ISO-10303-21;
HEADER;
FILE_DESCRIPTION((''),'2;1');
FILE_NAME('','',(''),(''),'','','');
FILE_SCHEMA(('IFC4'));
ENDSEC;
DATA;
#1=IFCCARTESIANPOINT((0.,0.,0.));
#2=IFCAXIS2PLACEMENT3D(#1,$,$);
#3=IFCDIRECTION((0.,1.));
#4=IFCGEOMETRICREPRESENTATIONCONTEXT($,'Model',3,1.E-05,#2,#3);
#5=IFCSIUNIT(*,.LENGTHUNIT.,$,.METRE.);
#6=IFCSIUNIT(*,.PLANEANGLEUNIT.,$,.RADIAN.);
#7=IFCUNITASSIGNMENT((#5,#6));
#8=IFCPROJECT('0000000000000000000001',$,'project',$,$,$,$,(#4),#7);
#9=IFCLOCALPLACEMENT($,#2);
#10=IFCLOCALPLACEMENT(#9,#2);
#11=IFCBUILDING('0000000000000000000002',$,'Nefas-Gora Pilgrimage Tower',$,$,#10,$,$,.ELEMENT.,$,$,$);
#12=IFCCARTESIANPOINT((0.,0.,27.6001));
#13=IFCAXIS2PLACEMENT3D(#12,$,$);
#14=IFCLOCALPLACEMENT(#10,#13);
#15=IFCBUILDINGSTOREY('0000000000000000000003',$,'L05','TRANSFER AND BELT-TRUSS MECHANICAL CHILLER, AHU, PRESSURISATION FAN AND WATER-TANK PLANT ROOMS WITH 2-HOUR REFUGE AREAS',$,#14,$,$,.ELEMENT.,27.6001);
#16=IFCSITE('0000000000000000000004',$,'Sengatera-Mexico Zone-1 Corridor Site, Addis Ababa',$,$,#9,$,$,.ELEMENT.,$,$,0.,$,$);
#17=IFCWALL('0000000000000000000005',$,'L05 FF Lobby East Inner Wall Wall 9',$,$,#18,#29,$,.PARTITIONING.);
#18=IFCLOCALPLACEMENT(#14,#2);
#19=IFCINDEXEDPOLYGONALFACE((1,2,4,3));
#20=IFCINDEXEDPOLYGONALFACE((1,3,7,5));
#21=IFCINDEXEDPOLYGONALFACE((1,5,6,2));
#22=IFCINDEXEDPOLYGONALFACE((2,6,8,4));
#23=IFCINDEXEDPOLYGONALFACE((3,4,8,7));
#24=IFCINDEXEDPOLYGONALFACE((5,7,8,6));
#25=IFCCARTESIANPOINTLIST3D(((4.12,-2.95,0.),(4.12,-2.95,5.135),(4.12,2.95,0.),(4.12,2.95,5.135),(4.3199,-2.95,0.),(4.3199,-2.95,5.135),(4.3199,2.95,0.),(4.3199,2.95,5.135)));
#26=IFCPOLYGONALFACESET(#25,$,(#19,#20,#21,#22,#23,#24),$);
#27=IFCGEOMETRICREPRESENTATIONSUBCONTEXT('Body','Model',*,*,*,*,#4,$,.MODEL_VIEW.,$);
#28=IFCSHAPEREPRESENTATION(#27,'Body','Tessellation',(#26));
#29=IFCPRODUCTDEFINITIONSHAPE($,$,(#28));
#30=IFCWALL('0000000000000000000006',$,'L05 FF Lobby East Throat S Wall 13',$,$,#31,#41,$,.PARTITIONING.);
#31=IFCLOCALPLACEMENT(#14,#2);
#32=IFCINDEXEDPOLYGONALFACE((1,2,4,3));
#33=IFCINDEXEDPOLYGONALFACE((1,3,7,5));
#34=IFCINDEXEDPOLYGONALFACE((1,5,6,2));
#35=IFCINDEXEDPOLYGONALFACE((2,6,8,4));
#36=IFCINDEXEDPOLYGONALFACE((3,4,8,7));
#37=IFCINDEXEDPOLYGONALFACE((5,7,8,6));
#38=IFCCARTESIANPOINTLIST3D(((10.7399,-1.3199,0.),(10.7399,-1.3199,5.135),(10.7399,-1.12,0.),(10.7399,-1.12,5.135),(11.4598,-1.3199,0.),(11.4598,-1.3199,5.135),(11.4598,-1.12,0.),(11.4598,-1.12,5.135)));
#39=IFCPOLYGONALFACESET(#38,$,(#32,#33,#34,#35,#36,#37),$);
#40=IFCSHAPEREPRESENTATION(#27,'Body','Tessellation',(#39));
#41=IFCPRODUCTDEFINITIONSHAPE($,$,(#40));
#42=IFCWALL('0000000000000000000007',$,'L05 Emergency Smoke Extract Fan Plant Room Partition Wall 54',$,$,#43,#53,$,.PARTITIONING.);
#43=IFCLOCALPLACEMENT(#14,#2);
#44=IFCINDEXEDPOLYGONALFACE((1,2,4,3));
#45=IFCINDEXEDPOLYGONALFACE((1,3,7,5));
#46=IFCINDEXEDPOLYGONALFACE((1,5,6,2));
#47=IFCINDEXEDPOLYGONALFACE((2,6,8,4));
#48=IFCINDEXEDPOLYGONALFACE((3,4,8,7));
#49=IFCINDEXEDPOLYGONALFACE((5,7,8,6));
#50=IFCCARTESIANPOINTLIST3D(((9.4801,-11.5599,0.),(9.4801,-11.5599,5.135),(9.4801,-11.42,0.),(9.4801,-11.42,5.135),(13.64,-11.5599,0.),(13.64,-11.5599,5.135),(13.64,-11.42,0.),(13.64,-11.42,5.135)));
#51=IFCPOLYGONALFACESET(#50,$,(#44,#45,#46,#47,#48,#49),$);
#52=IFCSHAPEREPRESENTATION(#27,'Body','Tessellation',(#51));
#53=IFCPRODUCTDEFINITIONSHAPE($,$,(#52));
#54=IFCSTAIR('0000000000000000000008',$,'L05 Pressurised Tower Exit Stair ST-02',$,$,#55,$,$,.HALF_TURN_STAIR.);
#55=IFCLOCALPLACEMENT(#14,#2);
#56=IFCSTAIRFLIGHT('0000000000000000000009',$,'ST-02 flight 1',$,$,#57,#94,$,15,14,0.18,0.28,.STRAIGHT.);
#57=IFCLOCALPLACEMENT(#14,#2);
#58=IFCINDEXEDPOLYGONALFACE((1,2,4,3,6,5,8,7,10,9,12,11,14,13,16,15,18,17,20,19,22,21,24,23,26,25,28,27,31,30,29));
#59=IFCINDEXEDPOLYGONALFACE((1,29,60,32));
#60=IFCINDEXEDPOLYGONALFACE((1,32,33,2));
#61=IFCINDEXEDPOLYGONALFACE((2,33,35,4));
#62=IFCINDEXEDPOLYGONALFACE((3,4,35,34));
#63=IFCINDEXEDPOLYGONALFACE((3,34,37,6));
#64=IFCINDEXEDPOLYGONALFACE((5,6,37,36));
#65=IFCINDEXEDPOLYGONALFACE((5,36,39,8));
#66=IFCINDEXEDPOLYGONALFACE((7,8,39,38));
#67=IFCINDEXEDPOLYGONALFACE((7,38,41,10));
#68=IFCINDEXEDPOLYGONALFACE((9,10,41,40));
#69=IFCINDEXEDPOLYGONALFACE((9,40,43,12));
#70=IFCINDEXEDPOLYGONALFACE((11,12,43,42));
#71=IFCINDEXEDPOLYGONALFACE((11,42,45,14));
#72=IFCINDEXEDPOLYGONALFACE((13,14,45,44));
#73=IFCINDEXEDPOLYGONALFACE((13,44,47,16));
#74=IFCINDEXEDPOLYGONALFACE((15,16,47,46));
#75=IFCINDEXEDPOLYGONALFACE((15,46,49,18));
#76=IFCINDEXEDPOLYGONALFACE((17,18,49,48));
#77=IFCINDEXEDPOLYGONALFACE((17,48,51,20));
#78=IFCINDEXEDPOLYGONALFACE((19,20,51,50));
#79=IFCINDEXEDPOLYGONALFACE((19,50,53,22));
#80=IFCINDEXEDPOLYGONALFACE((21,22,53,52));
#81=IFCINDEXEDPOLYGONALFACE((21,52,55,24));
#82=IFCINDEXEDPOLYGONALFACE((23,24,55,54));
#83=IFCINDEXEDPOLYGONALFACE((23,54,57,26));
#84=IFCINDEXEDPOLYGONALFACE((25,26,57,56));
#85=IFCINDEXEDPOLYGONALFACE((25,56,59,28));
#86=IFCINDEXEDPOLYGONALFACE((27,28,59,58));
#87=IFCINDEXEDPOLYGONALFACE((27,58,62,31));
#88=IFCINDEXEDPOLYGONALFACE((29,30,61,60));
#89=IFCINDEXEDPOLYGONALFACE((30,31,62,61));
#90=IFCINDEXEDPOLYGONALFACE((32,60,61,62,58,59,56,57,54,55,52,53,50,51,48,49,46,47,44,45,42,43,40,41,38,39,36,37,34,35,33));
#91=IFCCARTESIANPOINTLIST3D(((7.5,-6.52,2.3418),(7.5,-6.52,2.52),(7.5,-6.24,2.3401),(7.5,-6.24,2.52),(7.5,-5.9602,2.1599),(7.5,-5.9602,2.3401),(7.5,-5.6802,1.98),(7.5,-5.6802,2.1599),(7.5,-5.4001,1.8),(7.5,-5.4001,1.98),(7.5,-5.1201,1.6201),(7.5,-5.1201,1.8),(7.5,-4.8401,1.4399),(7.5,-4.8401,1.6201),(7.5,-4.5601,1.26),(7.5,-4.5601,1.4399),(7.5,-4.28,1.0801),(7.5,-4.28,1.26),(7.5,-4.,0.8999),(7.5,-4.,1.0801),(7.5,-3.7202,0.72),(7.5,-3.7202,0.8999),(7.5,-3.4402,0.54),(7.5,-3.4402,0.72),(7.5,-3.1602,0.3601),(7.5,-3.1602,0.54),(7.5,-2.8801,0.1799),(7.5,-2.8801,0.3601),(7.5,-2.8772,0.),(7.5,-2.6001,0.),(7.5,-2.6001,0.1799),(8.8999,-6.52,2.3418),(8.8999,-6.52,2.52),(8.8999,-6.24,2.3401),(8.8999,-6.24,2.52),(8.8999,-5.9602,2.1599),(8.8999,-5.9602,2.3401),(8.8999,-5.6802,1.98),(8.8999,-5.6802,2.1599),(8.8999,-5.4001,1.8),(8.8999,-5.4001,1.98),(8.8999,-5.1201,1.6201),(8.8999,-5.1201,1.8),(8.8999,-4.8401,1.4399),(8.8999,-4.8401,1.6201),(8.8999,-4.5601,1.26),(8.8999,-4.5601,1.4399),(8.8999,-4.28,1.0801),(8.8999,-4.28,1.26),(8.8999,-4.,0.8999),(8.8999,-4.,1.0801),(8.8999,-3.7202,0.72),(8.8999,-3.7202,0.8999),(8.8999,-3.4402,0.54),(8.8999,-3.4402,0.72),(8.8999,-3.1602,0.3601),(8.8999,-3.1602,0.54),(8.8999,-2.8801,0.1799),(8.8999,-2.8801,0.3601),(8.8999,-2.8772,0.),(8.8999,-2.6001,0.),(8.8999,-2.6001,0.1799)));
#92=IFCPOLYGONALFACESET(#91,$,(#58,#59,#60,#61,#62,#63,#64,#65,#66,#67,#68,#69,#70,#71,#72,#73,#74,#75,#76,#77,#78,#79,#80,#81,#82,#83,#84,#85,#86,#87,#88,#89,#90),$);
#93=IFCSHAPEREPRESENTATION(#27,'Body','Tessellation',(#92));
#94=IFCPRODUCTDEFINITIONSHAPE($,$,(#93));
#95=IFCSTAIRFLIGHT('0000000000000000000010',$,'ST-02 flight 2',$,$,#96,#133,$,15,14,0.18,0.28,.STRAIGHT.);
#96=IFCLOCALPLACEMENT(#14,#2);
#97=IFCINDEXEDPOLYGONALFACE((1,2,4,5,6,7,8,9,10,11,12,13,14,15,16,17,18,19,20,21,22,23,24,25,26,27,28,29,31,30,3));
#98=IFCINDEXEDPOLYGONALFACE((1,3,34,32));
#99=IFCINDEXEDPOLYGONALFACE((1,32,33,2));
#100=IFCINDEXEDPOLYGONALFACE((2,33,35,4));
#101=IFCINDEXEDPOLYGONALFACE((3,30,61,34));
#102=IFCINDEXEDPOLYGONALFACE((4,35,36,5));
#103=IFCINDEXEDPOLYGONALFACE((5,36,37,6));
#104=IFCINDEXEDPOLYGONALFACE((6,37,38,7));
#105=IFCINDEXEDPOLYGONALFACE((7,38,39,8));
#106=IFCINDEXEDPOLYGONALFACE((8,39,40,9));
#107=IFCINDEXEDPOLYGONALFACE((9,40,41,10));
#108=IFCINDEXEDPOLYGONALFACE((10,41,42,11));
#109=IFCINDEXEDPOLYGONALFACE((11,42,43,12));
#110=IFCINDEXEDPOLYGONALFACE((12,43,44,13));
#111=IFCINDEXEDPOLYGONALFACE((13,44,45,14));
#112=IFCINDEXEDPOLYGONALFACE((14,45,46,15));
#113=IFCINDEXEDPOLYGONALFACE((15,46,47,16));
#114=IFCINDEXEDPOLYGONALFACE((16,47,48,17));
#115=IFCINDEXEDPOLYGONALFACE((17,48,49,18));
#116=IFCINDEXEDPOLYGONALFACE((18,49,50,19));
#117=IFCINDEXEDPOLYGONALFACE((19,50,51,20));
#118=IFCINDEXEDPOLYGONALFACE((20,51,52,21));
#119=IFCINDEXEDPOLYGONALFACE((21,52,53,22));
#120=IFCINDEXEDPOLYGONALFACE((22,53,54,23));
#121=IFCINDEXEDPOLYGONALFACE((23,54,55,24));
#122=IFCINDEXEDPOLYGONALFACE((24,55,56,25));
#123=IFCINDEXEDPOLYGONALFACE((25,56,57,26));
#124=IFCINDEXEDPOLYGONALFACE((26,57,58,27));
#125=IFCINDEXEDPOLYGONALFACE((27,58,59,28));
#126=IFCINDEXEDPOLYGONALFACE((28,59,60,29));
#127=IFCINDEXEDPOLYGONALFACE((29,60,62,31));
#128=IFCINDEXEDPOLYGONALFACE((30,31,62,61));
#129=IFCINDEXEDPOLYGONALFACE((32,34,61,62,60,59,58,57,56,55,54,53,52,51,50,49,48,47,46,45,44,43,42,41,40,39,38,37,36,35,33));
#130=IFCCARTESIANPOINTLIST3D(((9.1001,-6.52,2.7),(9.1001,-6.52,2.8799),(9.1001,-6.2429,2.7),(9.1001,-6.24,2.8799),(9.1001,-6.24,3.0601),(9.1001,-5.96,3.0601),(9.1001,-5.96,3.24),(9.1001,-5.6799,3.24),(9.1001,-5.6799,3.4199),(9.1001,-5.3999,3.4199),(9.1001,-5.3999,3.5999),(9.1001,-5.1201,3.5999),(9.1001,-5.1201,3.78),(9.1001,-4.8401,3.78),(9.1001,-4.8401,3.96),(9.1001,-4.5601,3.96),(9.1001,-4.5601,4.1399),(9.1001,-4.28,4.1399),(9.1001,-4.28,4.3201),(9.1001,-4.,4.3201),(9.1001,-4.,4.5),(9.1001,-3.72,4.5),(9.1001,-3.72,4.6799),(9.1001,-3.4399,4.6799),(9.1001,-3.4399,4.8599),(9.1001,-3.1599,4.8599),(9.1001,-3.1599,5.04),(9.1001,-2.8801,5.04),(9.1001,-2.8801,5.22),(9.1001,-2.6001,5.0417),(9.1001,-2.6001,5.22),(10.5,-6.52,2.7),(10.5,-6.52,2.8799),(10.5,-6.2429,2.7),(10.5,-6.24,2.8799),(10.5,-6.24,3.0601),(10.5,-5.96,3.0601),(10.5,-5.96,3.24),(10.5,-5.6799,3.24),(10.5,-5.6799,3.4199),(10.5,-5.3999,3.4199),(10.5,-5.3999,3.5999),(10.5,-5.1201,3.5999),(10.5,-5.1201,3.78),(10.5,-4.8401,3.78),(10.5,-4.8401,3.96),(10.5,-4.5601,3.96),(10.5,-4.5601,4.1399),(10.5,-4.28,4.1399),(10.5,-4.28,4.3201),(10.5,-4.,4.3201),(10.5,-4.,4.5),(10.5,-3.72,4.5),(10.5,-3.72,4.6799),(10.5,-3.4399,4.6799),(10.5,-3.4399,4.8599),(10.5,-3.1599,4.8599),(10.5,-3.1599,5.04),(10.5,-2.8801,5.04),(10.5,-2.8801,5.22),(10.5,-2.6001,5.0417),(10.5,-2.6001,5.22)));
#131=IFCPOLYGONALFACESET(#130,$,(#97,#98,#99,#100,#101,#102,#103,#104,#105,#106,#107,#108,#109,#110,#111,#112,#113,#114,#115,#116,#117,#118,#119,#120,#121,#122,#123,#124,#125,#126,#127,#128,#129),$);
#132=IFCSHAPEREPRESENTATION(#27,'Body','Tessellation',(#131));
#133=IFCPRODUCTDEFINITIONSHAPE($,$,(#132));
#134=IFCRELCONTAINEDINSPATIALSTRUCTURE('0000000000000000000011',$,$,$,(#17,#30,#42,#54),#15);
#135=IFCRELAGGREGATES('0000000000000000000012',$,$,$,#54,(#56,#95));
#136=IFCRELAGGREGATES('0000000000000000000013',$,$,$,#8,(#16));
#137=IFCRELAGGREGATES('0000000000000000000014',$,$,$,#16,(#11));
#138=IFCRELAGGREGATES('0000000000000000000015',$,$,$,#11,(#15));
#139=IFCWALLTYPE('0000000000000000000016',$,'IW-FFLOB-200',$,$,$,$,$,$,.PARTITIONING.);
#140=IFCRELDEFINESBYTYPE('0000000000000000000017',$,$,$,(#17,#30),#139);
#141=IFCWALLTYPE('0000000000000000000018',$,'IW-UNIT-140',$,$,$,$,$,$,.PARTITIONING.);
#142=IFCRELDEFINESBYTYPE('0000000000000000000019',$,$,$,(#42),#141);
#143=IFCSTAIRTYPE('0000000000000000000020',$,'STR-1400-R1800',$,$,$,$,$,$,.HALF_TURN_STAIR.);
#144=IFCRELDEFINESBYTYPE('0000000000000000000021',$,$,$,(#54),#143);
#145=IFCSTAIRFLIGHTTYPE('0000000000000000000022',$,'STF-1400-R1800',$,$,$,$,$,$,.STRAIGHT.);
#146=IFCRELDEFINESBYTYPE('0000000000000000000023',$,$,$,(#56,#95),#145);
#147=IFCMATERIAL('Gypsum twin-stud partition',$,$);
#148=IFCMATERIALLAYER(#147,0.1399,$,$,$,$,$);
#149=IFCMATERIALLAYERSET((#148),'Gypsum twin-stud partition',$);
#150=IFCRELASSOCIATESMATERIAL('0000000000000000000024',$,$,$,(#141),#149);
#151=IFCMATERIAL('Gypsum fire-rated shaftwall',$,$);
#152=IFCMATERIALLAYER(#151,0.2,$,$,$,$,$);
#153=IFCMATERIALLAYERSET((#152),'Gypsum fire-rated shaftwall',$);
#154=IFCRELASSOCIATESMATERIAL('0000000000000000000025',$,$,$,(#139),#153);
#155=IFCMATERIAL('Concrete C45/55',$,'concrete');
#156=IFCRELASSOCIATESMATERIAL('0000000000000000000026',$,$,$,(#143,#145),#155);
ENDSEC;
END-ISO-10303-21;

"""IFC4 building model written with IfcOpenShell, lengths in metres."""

from ifc_helpers import new_model, si_unit, direction, frame, frame_2d, origin, place, context, subcontext, project, spatial, polyline, rectangle, outline, extrude, source, transform, mapped, material, layer, layer_set, type_object, element, aggregate, save


model = new_model("IFC4")

# Units and contexts
model_context = context("Model", 3, precision=1e-05, world=origin(), true_north=direction((0.0, 1.0)))
body_context = subcontext(model_context, "Body", "Model", "MODEL_VIEW")
ifc_project = project(units=[si_unit("LENGTHUNIT", "METRE"), si_unit("PLANEANGLEUNIT", "RADIAN")], contexts=[model_context])

# Site, building, storey
site_placement = place(None, origin())
site = spatial("IfcSite", under=ifc_project, at=site_placement, Name="Sengatera-Mexico Zone-1 Corridor Site, Addis Ababa", CompositionType="ELEMENT", RefElevation=0.0)
building_placement = place(site_placement, origin())
building = spatial("IfcBuilding", under=site, at=building_placement, Name="Nefas-Gora Pilgrimage Tower", CompositionType="ELEMENT")
storey_placement = place(building_placement, frame((0.0, 0.0, 27.6001)))
storey = spatial("IfcBuildingStorey", under=building, at=storey_placement, Name="L05", Description="TRANSFER AND BELT-TRUSS MECHANICAL CHILLER, AHU, PRESSURISATION FAN AND WATER-TANK PLANT ROOMS WITH 2-HOUR REFUGE AREAS", CompositionType="ELEMENT", Elevation=27.6001)

# Shared definitions
ifc_material_1 = material(Name="Concrete C45/55", Category="concrete")

# Shared definitions
ifc_material_2 = material(Name="Gypsum twin-stud partition")
ifc_layer_1 = layer(ifc_material_2, 0.1399)
ifc_layer_set_1 = layer_set([ifc_layer_1], Name="Gypsum twin-stud partition")
wall_type_1 = type_object("IfcWallType", Name="IW-UNIT-140", PredefinedType="PARTITIONING", material=ifc_layer_set_1)

# Shared definitions
ifc_material_3 = material(Name="Gypsum fire-rated shaftwall")
ifc_layer_2 = layer(ifc_material_3, 0.2)
ifc_layer_set_2 = layer_set([ifc_layer_2], Name="Gypsum fire-rated shaftwall")
wall_type_2 = type_object("IfcWallType", Name="IW-FFLOB-200", PredefinedType="PARTITIONING", material=ifc_layer_set_2)

# Walls
shared_shape_1 = source(origin(), body_context, "Body", "SweptSolid", [
    extrude(rectangle(XDim=5.8999, YDim=0.2, at=frame_2d((2.95, 0.0))), origin(), (0.0, 0.0, 1.0), 5.135),
])
wall_1_placement = place(storey_placement, frame((4.22, -2.95, 0.0), z_axis=(0.0, 0.0, 1.0), x_axis=(0.0, 1.0, 0.0)))
element("IfcWall", 1, at=wall_1_placement, inside=storey, type_object=wall_type_2, Name="L05 FF Lobby East Inner Wall Wall 9", PredefinedType="PARTITIONING", context=body_context, shape_type="MappedRepresentation", body=[
    mapped(shared_shape_1, transform((0.0, 0.0, 0.0), x_axis=(1.0, 0.0, 0.0), y_axis=(0.0, 1.0, 0.0), z_axis=(0.0, 0.0, 1.0), scale=1.0)),
])
shared_shape_2 = source(origin(), body_context, "Body", "SweptSolid", [
    extrude(rectangle(XDim=0.72, YDim=0.2, at=frame_2d((0.3599, 0.0))), origin(), (0.0, 0.0, 1.0), 5.135),
])
wall_2_placement = place(storey_placement, frame((10.74, -1.22, 0.0), z_axis=(0.0, 0.0, 1.0), x_axis=(1.0, 0.0, 0.0)))
element("IfcWall", 2, at=wall_2_placement, inside=storey, type_object=wall_type_2, Name="L05 FF Lobby East Throat S Wall 13", PredefinedType="PARTITIONING", context=body_context, shape_type="MappedRepresentation", body=[
    mapped(shared_shape_2, transform((0.0, 0.0, 0.0), x_axis=(1.0, 0.0, 0.0), y_axis=(0.0, 1.0, 0.0), z_axis=(0.0, 0.0, 1.0), scale=1.0)),
])
shared_shape_3 = source(origin(), body_context, "Body", "SweptSolid", [
    extrude(rectangle(XDim=4.1599, YDim=0.1399, at=frame_2d((2.0801, 0.0))), origin(), (0.0, 0.0, 1.0), 5.135),
])
wall_3_placement = place(storey_placement, frame((9.48, -11.49, 0.0), z_axis=(0.0, 0.0, 1.0), x_axis=(1.0, 0.0, 0.0)))
element("IfcWall", 3, at=wall_3_placement, inside=storey, type_object=wall_type_1, Name="L05 Emergency Smoke Extract Fan Plant Room Partition Wall 54", PredefinedType="PARTITIONING", context=body_context, shape_type="MappedRepresentation", body=[
    mapped(shared_shape_3, transform((0.0, 0.0, 0.0), x_axis=(1.0, 0.0, 0.0), y_axis=(0.0, 1.0, 0.0), z_axis=(0.0, 0.0, 1.0), scale=1.0)),
])

# Stair, stair flights
stair_type = type_object("IfcStairType", Name="STR-1400-R1800", PredefinedType="HALF_TURN_STAIR", material=ifc_material_1)
stair_placement = place(storey_placement, origin())
stair = element("IfcStair", 4, at=stair_placement, inside=storey, type_object=stair_type, Name="L05 Pressurised Tower Exit Stair ST-02", PredefinedType="HALF_TURN_STAIR")
stair_flight_type = type_object("IfcStairFlightType", Name="STF-1400-R1800", PredefinedType="STRAIGHT", material=ifc_material_1)
shared_shape_4 = source(origin(), body_context, "Body", "SweptSolid", [
    extrude(outline(polyline([(0.0, 0.0), (0.0, 0.1799), (0.28, 0.1799), (0.28, 0.3601), (0.5601, 0.3601), (0.5601, 0.54), (0.8401, 0.54), (0.8401, 0.72), (1.1201, 0.72), (1.1201, 0.8999), (1.3999, 0.8999), (1.3999, 1.0801), (1.6799, 1.0801), (1.6799, 1.26), (1.96, 1.26), (1.96, 1.4399), (2.24, 1.4399), (2.24, 1.6201), (2.52, 1.6201), (2.52, 1.8), (2.8, 1.8), (2.8, 1.98), (3.0801, 1.98), (3.0801, 2.1599), (3.3601, 2.1599), (3.3601, 2.3401), (3.6399, 2.3401), (3.6399, 2.52), (3.9199, 2.52), (3.9199, 2.7), (3.9199, 2.3418), (0.2771, 0.0), (0.0, 0.0)])), frame((0.0, 0.7, 0.0), z_axis=(0.0, -1.0, 0.0), x_axis=(1.0, 0.0, 0.0)), (0.0, 0.0, 1.0), 1.3999),
])
stair_flight_1_placement = place(storey_placement, frame((8.2, -2.6001, 0.0), z_axis=(0.0, 0.0, 1.0), x_axis=(0.0, -1.0, 0.0)))
stair_flight_1 = element("IfcStairFlight", 5, at=stair_flight_1_placement, type_object=stair_flight_type, Name="ST-02 flight 1", NumberOfRisers=15, NumberOfTreads=14, PredefinedType="STRAIGHT", RiserHeight=0.18, TreadLength=0.28, context=body_context, shape_type="MappedRepresentation", body=[
    mapped(shared_shape_4, transform((0.0, 0.0, 0.0), x_axis=(1.0, 0.0, 0.0), y_axis=(0.0, 1.0, 0.0), z_axis=(0.0, 0.0, 1.0), scale=1.0)),
])
stair_flight_2_placement = place(storey_placement, frame((9.8, -6.52, 2.7), z_axis=(0.0, 0.0, 1.0), x_axis=(0.0, 1.0, 0.0)))
stair_flight_2 = element("IfcStairFlight", 6, at=stair_flight_2_placement, type_object=stair_flight_type, Name="ST-02 flight 2", NumberOfRisers=15, NumberOfTreads=14, PredefinedType="STRAIGHT", RiserHeight=0.18, TreadLength=0.28, context=body_context, shape_type="MappedRepresentation", body=[
    mapped(shared_shape_4, transform((0.0, 0.0, 0.0), x_axis=(1.0, 0.0, 0.0), y_axis=(0.0, 1.0, 0.0), z_axis=(0.0, 0.0, 1.0), scale=1.0)),
])
aggregate(stair, [stair_flight_1, stair_flight_2])

save(model, "model.ifc")
